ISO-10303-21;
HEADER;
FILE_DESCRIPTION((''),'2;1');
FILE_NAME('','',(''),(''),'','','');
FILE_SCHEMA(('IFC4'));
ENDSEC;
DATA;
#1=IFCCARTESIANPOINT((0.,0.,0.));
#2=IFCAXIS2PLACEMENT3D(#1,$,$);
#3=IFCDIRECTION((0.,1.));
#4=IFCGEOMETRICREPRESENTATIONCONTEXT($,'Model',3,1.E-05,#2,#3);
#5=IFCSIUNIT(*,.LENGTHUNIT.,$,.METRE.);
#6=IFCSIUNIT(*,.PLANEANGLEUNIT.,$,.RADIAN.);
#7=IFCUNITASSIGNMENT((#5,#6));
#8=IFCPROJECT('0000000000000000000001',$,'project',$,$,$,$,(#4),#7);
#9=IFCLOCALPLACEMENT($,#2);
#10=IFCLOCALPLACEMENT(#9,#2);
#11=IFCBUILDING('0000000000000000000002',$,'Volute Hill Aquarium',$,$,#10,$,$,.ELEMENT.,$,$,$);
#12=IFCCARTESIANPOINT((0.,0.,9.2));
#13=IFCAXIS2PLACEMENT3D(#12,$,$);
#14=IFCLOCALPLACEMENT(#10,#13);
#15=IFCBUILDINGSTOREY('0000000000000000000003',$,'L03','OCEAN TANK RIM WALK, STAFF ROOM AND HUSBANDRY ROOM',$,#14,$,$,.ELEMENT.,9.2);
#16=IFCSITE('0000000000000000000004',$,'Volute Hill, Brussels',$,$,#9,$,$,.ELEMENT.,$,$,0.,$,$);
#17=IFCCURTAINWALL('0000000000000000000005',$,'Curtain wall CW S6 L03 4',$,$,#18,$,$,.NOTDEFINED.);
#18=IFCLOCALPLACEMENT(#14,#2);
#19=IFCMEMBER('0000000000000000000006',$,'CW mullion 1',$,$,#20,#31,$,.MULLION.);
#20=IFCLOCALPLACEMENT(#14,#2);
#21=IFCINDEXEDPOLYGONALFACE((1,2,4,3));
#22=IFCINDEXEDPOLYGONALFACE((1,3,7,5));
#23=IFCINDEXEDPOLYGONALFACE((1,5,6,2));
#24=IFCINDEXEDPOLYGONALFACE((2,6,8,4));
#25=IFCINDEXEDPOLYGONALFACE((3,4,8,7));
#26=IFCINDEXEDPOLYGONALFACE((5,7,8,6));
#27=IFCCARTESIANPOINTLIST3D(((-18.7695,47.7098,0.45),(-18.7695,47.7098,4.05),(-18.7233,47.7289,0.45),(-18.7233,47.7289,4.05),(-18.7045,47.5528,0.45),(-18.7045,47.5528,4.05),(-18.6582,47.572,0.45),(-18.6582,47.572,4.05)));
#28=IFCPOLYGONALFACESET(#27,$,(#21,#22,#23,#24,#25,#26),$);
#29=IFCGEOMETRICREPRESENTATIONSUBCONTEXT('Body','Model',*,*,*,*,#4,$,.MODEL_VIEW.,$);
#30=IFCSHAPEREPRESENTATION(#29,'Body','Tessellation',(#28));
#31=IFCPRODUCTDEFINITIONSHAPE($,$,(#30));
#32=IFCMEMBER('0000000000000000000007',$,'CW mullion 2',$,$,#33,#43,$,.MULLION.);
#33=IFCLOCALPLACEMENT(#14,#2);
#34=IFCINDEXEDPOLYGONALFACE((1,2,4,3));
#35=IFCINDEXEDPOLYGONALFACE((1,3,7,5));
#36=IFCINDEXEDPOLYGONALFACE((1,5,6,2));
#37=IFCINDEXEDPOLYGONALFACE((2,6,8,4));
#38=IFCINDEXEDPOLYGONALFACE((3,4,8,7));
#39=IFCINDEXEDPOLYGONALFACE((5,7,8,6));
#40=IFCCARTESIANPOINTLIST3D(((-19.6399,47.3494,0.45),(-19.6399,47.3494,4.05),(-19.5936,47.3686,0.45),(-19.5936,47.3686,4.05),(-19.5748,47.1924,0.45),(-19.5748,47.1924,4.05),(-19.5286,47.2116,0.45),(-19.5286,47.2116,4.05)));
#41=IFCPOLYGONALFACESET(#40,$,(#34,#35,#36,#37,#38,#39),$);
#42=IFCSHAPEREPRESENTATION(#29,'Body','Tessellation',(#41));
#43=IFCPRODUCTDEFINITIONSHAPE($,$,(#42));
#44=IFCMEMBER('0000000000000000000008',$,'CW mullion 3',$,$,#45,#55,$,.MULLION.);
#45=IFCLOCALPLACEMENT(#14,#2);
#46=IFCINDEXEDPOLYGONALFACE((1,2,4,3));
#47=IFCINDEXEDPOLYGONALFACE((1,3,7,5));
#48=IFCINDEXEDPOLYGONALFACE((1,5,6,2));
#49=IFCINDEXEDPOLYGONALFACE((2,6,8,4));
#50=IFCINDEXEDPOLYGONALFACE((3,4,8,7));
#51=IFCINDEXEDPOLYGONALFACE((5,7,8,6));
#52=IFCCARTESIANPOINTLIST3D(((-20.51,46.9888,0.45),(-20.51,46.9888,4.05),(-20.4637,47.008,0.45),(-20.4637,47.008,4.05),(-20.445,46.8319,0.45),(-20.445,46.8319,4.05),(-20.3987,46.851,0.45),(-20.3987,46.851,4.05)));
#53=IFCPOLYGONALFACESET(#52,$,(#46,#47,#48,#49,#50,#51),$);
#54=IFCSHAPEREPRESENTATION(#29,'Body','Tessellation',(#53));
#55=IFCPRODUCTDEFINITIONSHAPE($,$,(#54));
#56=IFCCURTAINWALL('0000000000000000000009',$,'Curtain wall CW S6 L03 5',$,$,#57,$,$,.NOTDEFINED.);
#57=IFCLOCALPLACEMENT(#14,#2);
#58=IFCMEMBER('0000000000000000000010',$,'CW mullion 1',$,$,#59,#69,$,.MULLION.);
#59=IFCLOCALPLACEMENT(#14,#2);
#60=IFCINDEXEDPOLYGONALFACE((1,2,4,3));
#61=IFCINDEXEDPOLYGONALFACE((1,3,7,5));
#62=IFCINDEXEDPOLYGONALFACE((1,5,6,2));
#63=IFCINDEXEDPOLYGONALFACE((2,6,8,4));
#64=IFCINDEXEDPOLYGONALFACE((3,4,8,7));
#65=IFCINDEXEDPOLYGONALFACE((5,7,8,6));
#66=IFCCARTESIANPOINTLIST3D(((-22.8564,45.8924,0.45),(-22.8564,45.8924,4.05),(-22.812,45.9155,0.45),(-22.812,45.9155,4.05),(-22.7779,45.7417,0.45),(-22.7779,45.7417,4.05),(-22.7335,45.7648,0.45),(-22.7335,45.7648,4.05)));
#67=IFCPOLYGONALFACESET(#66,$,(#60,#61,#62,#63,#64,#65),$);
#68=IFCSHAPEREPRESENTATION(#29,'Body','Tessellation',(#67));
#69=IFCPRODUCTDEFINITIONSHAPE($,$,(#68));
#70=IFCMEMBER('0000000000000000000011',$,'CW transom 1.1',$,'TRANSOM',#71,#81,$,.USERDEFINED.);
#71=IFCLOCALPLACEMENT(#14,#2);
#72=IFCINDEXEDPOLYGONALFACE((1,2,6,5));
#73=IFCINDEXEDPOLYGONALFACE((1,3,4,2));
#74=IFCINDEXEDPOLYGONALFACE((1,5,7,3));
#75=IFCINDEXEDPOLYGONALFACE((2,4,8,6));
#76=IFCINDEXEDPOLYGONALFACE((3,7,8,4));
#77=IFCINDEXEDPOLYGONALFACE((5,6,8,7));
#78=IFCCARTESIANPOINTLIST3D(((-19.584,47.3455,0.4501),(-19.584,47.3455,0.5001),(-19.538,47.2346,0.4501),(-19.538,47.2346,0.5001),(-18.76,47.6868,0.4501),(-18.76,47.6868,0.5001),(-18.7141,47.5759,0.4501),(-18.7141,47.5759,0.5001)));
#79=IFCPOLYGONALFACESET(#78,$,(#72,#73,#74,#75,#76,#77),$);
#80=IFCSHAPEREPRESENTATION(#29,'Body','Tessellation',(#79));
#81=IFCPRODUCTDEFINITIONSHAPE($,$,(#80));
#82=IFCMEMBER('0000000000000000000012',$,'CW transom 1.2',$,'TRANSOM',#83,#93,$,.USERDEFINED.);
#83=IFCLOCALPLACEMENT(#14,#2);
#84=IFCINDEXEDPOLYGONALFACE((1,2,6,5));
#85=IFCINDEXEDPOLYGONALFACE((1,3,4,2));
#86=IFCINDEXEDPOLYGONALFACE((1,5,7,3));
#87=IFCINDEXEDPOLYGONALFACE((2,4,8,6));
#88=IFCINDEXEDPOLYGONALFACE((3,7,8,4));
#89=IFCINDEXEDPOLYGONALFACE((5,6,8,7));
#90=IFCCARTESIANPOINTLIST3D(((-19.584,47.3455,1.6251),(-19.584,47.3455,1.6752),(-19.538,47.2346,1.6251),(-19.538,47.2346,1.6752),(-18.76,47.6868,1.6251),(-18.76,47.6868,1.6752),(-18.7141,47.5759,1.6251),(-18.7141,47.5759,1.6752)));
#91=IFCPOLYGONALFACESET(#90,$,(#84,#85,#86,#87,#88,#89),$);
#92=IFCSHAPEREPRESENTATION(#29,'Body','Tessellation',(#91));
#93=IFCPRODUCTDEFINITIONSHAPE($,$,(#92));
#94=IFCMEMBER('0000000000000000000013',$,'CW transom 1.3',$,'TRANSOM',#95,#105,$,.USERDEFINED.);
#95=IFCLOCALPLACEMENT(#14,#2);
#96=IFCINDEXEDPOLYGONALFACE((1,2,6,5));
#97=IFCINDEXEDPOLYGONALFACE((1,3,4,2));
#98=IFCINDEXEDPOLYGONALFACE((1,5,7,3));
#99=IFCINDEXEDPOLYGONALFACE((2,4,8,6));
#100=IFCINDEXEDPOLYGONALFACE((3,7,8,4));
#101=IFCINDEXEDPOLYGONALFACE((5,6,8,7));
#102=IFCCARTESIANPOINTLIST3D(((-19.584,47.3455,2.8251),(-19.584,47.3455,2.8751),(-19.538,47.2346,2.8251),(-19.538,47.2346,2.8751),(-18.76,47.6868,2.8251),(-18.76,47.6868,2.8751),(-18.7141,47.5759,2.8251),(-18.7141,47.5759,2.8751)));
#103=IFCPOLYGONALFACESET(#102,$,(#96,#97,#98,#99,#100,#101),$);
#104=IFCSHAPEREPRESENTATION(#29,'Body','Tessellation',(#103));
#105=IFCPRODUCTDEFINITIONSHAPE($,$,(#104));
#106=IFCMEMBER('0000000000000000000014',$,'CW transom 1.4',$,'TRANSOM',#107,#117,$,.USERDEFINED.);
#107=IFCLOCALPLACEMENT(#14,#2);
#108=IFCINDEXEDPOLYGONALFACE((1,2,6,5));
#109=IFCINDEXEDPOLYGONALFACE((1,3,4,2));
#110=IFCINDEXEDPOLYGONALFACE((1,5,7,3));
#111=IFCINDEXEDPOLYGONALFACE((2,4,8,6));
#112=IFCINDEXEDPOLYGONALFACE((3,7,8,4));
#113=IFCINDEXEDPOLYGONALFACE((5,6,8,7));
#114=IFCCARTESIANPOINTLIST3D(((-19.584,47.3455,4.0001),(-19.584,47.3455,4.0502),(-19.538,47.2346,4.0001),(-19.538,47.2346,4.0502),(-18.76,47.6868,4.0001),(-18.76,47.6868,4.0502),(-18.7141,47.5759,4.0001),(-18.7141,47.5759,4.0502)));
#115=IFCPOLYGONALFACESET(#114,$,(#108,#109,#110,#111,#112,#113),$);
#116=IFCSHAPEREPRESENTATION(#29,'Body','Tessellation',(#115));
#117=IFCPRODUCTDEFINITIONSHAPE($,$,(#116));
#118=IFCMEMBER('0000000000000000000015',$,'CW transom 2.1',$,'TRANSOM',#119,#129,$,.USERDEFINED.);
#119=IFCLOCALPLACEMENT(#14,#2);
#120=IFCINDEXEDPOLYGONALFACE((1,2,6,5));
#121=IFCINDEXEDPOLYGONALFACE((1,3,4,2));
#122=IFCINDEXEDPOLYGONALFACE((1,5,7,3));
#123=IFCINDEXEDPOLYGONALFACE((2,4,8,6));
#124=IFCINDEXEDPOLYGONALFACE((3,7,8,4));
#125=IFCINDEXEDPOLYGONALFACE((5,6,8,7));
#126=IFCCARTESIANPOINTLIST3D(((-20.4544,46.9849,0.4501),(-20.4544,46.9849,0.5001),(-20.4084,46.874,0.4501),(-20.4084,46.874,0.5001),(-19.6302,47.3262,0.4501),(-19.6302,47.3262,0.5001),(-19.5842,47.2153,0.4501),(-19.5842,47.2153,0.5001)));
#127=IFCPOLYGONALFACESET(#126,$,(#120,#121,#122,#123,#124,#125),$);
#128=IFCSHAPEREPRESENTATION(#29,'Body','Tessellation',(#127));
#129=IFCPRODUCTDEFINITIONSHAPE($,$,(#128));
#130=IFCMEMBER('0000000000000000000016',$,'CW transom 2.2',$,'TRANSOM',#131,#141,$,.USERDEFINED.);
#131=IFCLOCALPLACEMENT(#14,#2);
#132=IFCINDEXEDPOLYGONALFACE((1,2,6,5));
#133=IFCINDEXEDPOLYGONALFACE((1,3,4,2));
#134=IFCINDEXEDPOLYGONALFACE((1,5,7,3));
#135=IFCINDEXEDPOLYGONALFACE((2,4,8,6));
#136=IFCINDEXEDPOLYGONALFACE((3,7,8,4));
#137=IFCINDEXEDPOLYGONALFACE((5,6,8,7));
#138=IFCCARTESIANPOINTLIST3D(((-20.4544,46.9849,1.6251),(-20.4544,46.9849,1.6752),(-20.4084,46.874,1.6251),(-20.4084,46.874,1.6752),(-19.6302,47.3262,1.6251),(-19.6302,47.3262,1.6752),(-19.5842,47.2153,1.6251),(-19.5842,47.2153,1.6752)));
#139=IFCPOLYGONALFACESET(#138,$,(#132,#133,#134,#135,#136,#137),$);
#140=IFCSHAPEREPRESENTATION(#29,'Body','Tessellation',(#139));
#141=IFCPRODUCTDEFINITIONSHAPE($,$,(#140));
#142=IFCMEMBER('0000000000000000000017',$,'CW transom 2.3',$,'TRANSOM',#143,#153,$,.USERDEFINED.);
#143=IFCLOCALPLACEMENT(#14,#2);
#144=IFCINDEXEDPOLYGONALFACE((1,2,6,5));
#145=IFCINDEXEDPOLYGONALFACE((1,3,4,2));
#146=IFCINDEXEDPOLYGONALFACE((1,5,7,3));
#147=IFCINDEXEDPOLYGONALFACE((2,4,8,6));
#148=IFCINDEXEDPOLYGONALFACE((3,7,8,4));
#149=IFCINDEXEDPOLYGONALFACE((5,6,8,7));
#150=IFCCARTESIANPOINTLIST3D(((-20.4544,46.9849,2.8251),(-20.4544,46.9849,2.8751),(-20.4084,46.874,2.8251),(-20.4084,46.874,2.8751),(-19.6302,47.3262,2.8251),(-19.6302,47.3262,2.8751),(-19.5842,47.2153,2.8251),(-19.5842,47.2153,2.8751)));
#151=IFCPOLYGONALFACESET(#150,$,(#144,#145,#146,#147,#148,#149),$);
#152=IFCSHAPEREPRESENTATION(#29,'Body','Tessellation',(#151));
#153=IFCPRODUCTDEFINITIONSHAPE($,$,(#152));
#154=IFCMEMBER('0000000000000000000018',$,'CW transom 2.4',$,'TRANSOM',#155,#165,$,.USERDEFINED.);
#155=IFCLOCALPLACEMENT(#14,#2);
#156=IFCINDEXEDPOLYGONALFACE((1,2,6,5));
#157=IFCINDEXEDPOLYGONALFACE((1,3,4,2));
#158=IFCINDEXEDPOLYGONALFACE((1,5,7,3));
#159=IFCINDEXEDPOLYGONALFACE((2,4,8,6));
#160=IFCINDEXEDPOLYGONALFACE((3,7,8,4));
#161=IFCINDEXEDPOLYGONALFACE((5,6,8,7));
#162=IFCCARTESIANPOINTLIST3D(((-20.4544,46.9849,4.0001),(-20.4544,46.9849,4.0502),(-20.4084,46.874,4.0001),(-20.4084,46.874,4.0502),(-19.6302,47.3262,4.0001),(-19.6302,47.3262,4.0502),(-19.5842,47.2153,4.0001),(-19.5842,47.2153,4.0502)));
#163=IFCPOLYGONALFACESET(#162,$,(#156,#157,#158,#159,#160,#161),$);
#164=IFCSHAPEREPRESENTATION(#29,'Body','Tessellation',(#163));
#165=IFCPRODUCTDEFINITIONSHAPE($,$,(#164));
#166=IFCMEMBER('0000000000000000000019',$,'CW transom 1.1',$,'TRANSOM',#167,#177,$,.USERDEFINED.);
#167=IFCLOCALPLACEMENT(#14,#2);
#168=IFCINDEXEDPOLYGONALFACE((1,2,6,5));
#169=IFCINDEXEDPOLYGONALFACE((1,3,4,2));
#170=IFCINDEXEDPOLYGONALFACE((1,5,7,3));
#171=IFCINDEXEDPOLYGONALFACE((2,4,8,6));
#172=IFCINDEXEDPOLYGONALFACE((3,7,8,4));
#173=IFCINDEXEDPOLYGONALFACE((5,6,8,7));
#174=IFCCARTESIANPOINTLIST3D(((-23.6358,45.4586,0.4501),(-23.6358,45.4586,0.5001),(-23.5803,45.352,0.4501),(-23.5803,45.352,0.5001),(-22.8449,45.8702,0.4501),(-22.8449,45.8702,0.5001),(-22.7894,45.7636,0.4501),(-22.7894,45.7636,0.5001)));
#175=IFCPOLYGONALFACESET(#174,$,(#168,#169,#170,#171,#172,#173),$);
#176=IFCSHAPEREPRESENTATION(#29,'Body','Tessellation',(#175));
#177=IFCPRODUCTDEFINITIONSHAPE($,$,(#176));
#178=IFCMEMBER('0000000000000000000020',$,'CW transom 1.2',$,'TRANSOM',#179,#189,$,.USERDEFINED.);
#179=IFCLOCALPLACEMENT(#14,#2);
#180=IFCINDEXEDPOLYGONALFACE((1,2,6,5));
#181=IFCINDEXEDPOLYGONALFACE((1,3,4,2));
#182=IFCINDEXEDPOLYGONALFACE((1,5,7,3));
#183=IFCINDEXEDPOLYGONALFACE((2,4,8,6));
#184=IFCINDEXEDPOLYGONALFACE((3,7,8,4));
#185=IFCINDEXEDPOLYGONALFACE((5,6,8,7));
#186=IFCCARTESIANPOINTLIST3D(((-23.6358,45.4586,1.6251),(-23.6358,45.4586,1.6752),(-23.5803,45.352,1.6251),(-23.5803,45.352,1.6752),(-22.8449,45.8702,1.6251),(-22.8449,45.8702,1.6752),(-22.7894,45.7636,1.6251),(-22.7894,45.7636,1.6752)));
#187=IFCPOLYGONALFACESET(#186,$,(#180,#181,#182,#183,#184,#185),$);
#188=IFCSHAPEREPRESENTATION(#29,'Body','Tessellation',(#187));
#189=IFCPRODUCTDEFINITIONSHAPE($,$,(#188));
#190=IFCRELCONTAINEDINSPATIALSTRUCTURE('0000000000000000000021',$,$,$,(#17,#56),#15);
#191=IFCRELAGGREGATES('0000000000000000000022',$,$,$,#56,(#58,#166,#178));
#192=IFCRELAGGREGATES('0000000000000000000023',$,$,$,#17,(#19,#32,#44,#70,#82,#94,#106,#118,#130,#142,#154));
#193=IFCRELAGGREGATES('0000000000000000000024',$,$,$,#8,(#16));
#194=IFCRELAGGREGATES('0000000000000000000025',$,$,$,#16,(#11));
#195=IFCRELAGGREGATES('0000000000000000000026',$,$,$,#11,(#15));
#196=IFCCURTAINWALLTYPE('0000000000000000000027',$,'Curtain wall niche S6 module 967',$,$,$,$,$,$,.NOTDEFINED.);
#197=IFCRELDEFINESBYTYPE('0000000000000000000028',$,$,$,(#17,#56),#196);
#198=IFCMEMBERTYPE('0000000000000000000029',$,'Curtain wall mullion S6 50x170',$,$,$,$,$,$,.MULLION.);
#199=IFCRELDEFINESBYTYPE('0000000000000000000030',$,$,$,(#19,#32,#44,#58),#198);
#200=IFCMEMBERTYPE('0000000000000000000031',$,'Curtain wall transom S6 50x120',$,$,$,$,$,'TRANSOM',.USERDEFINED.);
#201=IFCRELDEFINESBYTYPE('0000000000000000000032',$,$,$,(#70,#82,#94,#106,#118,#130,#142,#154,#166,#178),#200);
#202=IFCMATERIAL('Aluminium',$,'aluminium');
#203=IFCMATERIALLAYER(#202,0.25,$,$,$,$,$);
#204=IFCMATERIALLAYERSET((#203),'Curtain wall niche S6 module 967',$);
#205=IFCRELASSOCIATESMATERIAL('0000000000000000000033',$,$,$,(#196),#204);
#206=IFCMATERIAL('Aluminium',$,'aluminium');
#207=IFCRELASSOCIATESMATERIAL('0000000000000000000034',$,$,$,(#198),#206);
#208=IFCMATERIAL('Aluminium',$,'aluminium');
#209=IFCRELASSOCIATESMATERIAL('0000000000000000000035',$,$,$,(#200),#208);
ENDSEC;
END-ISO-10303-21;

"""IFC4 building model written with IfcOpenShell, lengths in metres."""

from ifc_helpers import new_model, si_unit, direction, frame, origin, origin_2d, place, context, subcontext, project, spatial, rectangle, extrude, material, layer, layer_set, material_profile, profile_set, type_object, element, aggregate, save


model = new_model("IFC4")

# Units and contexts
model_context = context("Model", 3, precision=1e-05, world=origin(), true_north=direction((0.0, 1.0)))
body_context = subcontext(model_context, "Body", "Model", "MODEL_VIEW")
ifc_project = project(units=[si_unit("LENGTHUNIT", "METRE"), si_unit("PLANEANGLEUNIT", "RADIAN")], contexts=[model_context])

# Site, building, storey
site_placement = place(None, origin())
site = spatial("IfcSite", under=ifc_project, at=site_placement, Name="Volute Hill, Brussels", CompositionType="ELEMENT", RefElevation=0.0)
building_placement = place(site_placement, origin())
building = spatial("IfcBuilding", under=site, at=building_placement, Name="Volute Hill Aquarium", CompositionType="ELEMENT")
storey_placement = place(building_placement, frame((0.0, 0.0, 9.2)))
storey = spatial("IfcBuildingStorey", under=building, at=storey_placement, Name="L03", Description="OCEAN TANK RIM WALK, STAFF ROOM AND HUSBANDRY ROOM", CompositionType="ELEMENT", Elevation=9.2)

# Curtain wall, members
ifc_material_1 = material(Name="Aluminium", Category="aluminium")
ifc_layer_1 = layer(ifc_material_1, 0.25)
ifc_layer_set_1 = layer_set([ifc_layer_1], Name="Curtain wall niche S6 module 967")
curtain_wall_type = type_object("IfcCurtainWallType", Name="Curtain wall niche S6 module 967", PredefinedType="NOTDEFINED", material=ifc_layer_set_1)
curtain_wall_1_placement = place(storey_placement, origin())
curtain_wall_1 = element("IfcCurtainWall", 1, at=curtain_wall_1_placement, inside=storey, type_object=curtain_wall_type, Name="Curtain wall CW S6 L03 4", PredefinedType="NOTDEFINED")
ifc_material_2 = material(Name="Aluminium", Category="aluminium")
ifc_material_profile_1 = material_profile(ifc_material_2, rectangle(XDim=0.1699, YDim=0.05, at=origin_2d()), Name="Curtain wall mullion S6 50x170")
ifc_profile_set_1 = profile_set([ifc_material_profile_1], Name="Aluminium")
member_type_1 = type_object("IfcMemberType", Name="Curtain wall mullion S6 50x170", PredefinedType="MULLION", material=ifc_profile_set_1)
member_1_placement = place(storey_placement, frame((-18.7139, 47.6409, 0.45), z_axis=(0.0, 0.0, 1.0), x_axis=(0.38268, -0.923881, 0.0)))
member_1 = element("IfcMember", 2, at=member_1_placement, type_object=member_type_1, Name="CW mullion 1", PredefinedType="MULLION", context=body_context, shape_type="SweptSolid", body=[
    extrude(rectangle(XDim=0.1699, YDim=0.05, at=origin_2d()), origin(), (0.0, 0.0, 1.0), 3.6001),
])
member_2_placement = place(storey_placement, frame((-19.5842, 47.2805, 0.45), z_axis=(0.0, 0.0, 1.0), x_axis=(0.38268, -0.923881, 0.0)))
member_2 = element("IfcMember", 3, at=member_2_placement, type_object=member_type_1, Name="CW mullion 2", PredefinedType="MULLION", context=body_context, shape_type="SweptSolid", body=[
    extrude(rectangle(XDim=0.1699, YDim=0.05, at=origin_2d()), origin(), (0.0, 0.0, 1.0), 3.6001),
])
member_3_placement = place(storey_placement, frame((-20.4543, 46.9199, 0.45), z_axis=(0.0, 0.0, 1.0), x_axis=(0.38268, -0.923881, 0.0)))
member_3 = element("IfcMember", 4, at=member_3_placement, type_object=member_type_1, Name="CW mullion 3", PredefinedType="MULLION", context=body_context, shape_type="SweptSolid", body=[
    extrude(rectangle(XDim=0.1699, YDim=0.05, at=origin_2d()), origin(), (0.0, 0.0, 1.0), 3.6001),
])

# Curtain wall, member
curtain_wall_2_placement = place(storey_placement, origin())
curtain_wall_2 = element("IfcCurtainWall", 5, at=curtain_wall_2_placement, inside=storey, type_object=curtain_wall_type, Name="Curtain wall CW S6 L03 5", PredefinedType="NOTDEFINED")
member_4_placement = place(storey_placement, frame((-22.7949, 45.8286, 0.45), z_axis=(0.0, 0.0, 1.0), x_axis=(0.46176, -0.887005, 0.0)))
member_4 = element("IfcMember", 6, at=member_4_placement, type_object=member_type_1, Name="CW mullion 1", PredefinedType="MULLION", context=body_context, shape_type="SweptSolid", body=[
    extrude(rectangle(XDim=0.1699, YDim=0.05, at=origin_2d()), origin(), (0.0, 0.0, 1.0), 3.6001),
])

# Members
ifc_material_3 = material(Name="Aluminium", Category="aluminium")
ifc_material_profile_2 = material_profile(ifc_material_3, rectangle(XDim=0.1201, YDim=0.05, at=origin_2d()), Name="Curtain wall transom S6 50x120")
ifc_profile_set_2 = profile_set([ifc_material_profile_2], Name="Aluminium")
member_type_2 = type_object("IfcMemberType", Name="Curtain wall transom S6 50x120", ElementType="TRANSOM", PredefinedType="USERDEFINED", material=ifc_profile_set_2)
member_5_placement = place(storey_placement, frame((-18.7371, 47.6313, 0.4751), z_axis=(-0.923877, -0.38269, 0.0), x_axis=(0.38269, -0.923877, 0.0)))
member_5 = element("IfcMember", 7, at=member_5_placement, type_object=member_type_2, Name="CW transom 1.1", ObjectType="TRANSOM", PredefinedType="USERDEFINED", context=body_context, shape_type="SweptSolid", body=[
    extrude(rectangle(XDim=0.1201, YDim=0.05, at=origin_2d()), origin(), (0.0, 0.0, 1.0), 0.8918),
])
member_6_placement = place(storey_placement, frame((-18.7371, 47.6313, 1.6501), z_axis=(-0.923877, -0.38269, 0.0), x_axis=(0.38269, -0.923877, 0.0)))
member_6 = element("IfcMember", 8, at=member_6_placement, type_object=member_type_2, Name="CW transom 1.2", ObjectType="TRANSOM", PredefinedType="USERDEFINED", context=body_context, shape_type="SweptSolid", body=[
    extrude(rectangle(XDim=0.1201, YDim=0.05, at=origin_2d()), origin(), (0.0, 0.0, 1.0), 0.8918),
])
member_7_placement = place(storey_placement, frame((-18.7371, 47.6313, 2.8501), z_axis=(-0.923877, -0.38269, 0.0), x_axis=(0.38269, -0.923877, 0.0)))
member_7 = element("IfcMember", 9, at=member_7_placement, type_object=member_type_2, Name="CW transom 1.3", ObjectType="TRANSOM", PredefinedType="USERDEFINED", context=body_context, shape_type="SweptSolid", body=[
    extrude(rectangle(XDim=0.1201, YDim=0.05, at=origin_2d()), origin(), (0.0, 0.0, 1.0), 0.8918),
])
member_8_placement = place(storey_placement, frame((-18.7371, 47.6313, 4.0251), z_axis=(-0.923877, -0.38269, 0.0), x_axis=(0.38269, -0.923877, 0.0)))
member_8 = element("IfcMember", 10, at=member_8_placement, type_object=member_type_2, Name="CW transom 1.4", ObjectType="TRANSOM", PredefinedType="USERDEFINED", context=body_context, shape_type="SweptSolid", body=[
    extrude(rectangle(XDim=0.1201, YDim=0.05, at=origin_2d()), origin(), (0.0, 0.0, 1.0), 0.8918),
])
member_9_placement = place(storey_placement, frame((-19.6072, 47.2708, 0.4751), z_axis=(-0.923917, -0.382594, 0.0), x_axis=(0.382594, -0.923917, 0.0)))
member_9 = element("IfcMember", 11, at=member_9_placement, type_object=member_type_2, Name="CW transom 2.1", ObjectType="TRANSOM", PredefinedType="USERDEFINED", context=body_context, shape_type="SweptSolid", body=[
    extrude(rectangle(XDim=0.1201, YDim=0.05, at=origin_2d()), origin(), (0.0, 0.0, 1.0), 0.8921),
])
member_10_placement = place(storey_placement, frame((-19.6072, 47.2708, 1.6501), z_axis=(-0.923917, -0.382594, 0.0), x_axis=(0.382594, -0.923917, 0.0)))
member_10 = element("IfcMember", 12, at=member_10_placement, type_object=member_type_2, Name="CW transom 2.2", ObjectType="TRANSOM", PredefinedType="USERDEFINED", context=body_context, shape_type="SweptSolid", body=[
    extrude(rectangle(XDim=0.1201, YDim=0.05, at=origin_2d()), origin(), (0.0, 0.0, 1.0), 0.8921),
])
member_11_placement = place(storey_placement, frame((-19.6072, 47.2708, 2.8501), z_axis=(-0.923917, -0.382594, 0.0), x_axis=(0.382594, -0.923917, 0.0)))
member_11 = element("IfcMember", 13, at=member_11_placement, type_object=member_type_2, Name="CW transom 2.3", ObjectType="TRANSOM", PredefinedType="USERDEFINED", context=body_context, shape_type="SweptSolid", body=[
    extrude(rectangle(XDim=0.1201, YDim=0.05, at=origin_2d()), origin(), (0.0, 0.0, 1.0), 0.8921),
])
member_12_placement = place(storey_placement, frame((-19.6072, 47.2708, 4.0251), z_axis=(-0.923917, -0.382594, 0.0), x_axis=(0.382594, -0.923917, 0.0)))
member_12 = element("IfcMember", 14, at=member_12_placement, type_object=member_type_2, Name="CW transom 2.4", ObjectType="TRANSOM", PredefinedType="USERDEFINED", context=body_context, shape_type="SweptSolid", body=[
    extrude(rectangle(XDim=0.1201, YDim=0.05, at=origin_2d()), origin(), (0.0, 0.0, 1.0), 0.8921),
])
member_13_placement = place(storey_placement, frame((-22.8171, 45.8169, 0.4751), z_axis=(-0.887082, -0.461611, 0.0), x_axis=(0.461611, -0.887082, 0.0)))
member_13 = element("IfcMember", 15, at=member_13_placement, type_object=member_type_2, Name="CW transom 1.1", ObjectType="TRANSOM", PredefinedType="USERDEFINED", context=body_context, shape_type="SweptSolid", body=[
    extrude(rectangle(XDim=0.1201, YDim=0.05, at=origin_2d()), origin(), (0.0, 0.0, 1.0), 0.8916),
])
member_14_placement = place(storey_placement, frame((-22.8171, 45.8169, 1.6501), z_axis=(-0.887082, -0.461611, 0.0), x_axis=(0.461611, -0.887082, 0.0)))
member_14 = element("IfcMember", 16, at=member_14_placement, type_object=member_type_2, Name="CW transom 1.2", ObjectType="TRANSOM", PredefinedType="USERDEFINED", context=body_context, shape_type="SweptSolid", body=[
    extrude(rectangle(XDim=0.1201, YDim=0.05, at=origin_2d()), origin(), (0.0, 0.0, 1.0), 0.8916),
])

aggregate(curtain_wall_2, [member_4, member_13, member_14])
aggregate(curtain_wall_1, [member_1, member_2, member_3, member_5, member_6, member_7, member_8, member_9, member_10, member_11, member_12])

save(model, "model.ifc")
